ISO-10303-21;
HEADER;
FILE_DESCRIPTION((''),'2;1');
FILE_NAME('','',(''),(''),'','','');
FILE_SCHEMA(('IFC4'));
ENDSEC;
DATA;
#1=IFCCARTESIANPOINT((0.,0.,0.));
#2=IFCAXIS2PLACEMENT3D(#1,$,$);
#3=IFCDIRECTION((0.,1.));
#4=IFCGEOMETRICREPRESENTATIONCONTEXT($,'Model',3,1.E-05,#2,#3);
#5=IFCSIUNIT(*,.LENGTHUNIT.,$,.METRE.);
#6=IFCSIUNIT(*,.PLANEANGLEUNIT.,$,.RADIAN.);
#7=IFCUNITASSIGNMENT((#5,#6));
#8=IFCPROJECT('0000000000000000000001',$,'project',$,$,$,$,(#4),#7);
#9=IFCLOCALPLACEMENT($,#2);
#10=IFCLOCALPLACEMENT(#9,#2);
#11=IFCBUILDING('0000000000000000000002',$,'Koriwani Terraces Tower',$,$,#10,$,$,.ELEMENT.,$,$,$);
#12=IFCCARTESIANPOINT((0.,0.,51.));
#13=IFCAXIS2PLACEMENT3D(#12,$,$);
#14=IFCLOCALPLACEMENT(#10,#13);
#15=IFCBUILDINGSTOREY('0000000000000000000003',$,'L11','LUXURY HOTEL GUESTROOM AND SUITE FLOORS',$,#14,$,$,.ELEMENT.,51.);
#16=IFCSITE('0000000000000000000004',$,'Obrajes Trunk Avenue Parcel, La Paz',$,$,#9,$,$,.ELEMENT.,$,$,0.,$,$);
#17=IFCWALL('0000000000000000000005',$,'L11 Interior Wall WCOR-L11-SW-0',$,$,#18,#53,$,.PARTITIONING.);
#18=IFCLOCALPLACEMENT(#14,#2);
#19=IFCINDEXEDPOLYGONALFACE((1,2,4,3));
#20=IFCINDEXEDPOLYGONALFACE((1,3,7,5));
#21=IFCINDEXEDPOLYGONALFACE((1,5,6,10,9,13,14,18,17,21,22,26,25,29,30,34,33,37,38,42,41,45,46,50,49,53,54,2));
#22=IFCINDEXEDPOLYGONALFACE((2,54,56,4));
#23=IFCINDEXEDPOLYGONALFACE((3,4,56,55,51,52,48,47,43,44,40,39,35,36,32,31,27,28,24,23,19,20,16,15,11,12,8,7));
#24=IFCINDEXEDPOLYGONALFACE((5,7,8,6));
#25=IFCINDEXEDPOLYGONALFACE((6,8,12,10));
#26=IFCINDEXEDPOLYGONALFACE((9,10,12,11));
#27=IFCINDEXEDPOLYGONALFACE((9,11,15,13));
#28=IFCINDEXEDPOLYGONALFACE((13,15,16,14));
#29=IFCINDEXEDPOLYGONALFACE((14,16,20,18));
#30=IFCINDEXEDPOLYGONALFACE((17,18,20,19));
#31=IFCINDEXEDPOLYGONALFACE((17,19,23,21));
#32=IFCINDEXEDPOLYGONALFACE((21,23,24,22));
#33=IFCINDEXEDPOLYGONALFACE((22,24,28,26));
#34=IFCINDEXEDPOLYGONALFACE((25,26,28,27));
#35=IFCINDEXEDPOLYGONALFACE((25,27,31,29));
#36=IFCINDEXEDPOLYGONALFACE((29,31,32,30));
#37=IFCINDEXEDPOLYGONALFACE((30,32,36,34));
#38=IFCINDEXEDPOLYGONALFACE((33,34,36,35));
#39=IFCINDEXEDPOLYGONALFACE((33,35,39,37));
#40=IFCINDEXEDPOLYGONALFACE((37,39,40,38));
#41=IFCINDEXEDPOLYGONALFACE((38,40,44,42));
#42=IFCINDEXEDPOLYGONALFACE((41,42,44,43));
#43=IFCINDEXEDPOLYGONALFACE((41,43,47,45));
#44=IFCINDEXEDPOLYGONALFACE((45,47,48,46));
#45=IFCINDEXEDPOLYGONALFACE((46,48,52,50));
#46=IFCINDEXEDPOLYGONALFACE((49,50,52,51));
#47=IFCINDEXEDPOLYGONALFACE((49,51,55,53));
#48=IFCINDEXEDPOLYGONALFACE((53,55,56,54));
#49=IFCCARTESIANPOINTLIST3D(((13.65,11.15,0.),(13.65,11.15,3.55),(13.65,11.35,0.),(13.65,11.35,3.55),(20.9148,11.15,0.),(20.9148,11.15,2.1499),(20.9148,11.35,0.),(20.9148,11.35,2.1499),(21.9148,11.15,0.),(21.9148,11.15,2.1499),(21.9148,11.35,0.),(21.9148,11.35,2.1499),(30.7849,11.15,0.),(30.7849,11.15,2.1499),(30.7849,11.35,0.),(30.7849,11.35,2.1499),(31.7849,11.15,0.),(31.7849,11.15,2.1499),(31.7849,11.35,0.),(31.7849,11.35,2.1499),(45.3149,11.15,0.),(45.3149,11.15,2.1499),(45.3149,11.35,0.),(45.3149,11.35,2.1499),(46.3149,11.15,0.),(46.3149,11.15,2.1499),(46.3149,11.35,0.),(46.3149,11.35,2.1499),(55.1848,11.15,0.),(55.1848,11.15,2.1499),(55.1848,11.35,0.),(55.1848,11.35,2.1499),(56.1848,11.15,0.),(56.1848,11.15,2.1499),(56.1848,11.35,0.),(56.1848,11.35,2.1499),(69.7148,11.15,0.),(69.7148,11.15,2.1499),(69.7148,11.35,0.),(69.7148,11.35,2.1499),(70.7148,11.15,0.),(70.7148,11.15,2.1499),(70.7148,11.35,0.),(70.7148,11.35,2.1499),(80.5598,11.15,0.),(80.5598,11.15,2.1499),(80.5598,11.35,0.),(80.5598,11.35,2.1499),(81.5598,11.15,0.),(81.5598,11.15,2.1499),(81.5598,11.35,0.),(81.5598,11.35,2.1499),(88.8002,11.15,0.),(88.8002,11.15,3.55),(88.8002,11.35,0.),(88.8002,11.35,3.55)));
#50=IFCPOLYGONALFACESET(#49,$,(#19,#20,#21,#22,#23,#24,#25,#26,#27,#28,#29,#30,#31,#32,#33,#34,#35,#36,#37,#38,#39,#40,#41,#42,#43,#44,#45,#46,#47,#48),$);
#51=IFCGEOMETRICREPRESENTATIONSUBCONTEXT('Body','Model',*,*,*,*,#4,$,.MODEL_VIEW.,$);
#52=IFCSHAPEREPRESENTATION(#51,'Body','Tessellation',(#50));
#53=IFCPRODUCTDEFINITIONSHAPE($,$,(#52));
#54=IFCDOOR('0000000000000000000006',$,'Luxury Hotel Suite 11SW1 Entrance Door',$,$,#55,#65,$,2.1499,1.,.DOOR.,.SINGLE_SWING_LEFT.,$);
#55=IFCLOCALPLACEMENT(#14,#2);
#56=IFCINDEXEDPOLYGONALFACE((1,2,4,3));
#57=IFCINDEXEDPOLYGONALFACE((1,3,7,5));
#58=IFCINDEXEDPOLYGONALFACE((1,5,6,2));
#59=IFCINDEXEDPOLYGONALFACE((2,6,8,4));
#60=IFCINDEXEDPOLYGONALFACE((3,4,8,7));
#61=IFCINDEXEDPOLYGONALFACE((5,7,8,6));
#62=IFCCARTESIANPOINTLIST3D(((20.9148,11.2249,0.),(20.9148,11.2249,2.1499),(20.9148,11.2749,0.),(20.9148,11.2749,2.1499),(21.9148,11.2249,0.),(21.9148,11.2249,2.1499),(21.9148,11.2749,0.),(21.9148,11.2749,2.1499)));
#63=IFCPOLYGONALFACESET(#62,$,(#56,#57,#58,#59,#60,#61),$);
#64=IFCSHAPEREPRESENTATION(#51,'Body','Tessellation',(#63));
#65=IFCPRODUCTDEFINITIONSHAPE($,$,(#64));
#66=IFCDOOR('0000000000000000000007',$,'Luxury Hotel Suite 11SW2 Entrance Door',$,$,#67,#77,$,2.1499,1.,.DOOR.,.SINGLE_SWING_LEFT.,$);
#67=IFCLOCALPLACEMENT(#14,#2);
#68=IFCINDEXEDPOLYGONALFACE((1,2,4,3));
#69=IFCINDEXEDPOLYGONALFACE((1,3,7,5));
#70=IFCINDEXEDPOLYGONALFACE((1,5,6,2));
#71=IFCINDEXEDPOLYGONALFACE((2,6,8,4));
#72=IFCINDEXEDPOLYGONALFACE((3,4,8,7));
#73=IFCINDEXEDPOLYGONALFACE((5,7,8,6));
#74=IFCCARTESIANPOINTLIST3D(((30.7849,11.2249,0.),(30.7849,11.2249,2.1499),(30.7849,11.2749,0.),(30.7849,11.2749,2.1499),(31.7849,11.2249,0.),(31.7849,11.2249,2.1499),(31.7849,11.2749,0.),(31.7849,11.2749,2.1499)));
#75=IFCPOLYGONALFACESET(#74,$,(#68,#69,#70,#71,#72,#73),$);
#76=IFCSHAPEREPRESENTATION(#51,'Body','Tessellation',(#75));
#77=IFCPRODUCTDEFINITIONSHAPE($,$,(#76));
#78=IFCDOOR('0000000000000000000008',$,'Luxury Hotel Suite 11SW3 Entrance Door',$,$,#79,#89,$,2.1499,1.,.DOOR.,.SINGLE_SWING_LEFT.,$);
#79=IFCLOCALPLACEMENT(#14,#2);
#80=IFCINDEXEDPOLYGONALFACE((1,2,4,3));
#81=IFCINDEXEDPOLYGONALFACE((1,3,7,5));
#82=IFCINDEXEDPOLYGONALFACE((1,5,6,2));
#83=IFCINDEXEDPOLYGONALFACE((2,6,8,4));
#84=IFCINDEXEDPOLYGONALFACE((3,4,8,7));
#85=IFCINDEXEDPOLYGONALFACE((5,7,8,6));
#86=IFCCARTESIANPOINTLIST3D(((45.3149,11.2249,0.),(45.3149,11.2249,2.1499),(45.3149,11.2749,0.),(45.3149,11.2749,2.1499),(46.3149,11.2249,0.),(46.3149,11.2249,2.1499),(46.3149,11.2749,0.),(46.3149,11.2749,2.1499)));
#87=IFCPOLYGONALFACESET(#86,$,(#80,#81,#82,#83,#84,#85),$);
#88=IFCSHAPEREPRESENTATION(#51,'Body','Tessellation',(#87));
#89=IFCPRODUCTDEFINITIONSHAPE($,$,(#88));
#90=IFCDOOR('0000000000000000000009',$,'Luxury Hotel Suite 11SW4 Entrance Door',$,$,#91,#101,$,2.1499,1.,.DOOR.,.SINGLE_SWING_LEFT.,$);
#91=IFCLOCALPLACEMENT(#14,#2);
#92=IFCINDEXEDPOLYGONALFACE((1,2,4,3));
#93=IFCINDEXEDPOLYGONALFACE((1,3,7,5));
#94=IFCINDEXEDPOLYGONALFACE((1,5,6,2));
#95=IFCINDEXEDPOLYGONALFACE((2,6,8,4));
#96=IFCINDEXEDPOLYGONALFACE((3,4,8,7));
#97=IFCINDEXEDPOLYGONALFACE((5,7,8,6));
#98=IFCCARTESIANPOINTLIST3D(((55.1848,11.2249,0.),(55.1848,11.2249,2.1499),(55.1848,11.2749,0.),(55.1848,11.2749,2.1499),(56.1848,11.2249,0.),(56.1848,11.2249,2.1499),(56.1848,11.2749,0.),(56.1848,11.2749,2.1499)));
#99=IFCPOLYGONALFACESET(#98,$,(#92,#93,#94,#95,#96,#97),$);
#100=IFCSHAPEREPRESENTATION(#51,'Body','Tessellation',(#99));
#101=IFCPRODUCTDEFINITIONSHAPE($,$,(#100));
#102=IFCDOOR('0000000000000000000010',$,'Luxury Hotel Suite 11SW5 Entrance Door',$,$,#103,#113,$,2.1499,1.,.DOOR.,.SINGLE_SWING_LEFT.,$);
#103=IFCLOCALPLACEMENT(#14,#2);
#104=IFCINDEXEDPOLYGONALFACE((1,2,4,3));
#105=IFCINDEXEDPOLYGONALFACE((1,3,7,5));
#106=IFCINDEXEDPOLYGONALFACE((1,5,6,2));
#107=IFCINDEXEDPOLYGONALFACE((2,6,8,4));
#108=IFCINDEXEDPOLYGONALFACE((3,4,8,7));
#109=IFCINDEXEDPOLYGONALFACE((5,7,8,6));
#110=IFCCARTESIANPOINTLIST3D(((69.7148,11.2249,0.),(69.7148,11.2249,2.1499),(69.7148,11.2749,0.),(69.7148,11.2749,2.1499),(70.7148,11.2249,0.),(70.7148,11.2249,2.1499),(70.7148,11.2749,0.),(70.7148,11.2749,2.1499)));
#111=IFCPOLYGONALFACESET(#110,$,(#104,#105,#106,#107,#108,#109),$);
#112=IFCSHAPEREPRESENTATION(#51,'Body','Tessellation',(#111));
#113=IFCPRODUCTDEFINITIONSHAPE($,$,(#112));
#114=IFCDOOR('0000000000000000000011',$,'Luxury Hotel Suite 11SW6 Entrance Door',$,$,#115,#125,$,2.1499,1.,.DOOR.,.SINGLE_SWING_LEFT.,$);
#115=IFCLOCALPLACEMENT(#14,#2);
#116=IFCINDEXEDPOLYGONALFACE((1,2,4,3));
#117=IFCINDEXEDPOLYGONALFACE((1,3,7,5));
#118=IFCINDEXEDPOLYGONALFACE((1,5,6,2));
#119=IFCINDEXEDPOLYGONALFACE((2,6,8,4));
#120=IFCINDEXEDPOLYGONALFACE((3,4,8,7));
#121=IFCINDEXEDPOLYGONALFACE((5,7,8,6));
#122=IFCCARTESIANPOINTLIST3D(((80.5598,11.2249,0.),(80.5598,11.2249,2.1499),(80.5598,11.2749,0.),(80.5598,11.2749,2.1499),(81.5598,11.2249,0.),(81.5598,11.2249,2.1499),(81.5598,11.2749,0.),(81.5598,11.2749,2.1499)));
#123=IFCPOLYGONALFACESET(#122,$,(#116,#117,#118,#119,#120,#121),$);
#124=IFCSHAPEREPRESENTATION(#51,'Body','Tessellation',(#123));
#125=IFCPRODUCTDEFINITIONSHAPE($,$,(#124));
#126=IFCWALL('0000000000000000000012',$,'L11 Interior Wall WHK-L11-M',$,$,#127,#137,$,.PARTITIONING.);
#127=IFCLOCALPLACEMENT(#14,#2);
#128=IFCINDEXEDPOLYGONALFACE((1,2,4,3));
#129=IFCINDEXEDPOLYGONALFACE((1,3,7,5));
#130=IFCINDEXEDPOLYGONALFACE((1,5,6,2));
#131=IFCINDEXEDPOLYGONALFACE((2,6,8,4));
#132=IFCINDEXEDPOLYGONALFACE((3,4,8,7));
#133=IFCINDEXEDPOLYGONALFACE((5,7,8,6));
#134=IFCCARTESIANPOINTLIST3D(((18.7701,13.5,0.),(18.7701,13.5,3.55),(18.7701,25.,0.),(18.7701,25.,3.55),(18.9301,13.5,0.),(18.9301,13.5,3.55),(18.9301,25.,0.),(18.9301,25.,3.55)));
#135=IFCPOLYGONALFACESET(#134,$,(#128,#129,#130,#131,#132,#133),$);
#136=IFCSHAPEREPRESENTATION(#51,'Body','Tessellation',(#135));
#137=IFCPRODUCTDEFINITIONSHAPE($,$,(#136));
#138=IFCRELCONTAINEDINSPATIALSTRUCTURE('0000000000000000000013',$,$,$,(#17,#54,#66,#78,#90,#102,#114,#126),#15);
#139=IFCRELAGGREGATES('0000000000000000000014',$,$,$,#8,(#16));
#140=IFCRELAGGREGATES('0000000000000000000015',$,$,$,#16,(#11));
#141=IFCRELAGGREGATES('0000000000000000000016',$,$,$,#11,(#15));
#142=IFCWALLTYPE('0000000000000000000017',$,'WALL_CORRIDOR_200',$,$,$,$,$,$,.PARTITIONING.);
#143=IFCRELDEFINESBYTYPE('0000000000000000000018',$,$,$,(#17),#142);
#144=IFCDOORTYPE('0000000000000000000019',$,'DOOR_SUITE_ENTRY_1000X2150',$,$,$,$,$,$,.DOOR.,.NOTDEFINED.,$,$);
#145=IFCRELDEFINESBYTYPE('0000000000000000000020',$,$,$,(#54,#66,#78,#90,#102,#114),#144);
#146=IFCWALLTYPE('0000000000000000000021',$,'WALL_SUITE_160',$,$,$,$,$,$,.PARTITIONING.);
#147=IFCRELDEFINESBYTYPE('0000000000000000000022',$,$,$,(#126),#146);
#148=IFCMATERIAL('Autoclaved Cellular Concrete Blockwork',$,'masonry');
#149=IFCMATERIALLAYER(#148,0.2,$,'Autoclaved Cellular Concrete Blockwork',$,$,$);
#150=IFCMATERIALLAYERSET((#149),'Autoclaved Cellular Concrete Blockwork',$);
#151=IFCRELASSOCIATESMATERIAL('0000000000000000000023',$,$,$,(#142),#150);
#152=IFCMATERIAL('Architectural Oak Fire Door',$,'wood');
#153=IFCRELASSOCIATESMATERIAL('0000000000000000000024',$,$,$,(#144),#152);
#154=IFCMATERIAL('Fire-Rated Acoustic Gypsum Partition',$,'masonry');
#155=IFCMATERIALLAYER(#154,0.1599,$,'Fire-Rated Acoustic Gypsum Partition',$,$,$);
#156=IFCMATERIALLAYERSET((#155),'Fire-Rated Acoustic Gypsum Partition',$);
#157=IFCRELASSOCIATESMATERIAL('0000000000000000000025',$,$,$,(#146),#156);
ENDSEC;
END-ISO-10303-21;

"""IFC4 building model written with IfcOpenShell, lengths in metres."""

from ifc_helpers import new_model, si_unit, direction, frame, frame_2d, origin, place, context, subcontext, project, spatial, rectangle, extrude, material, layer, layer_set, type_object, element, fill, save


model = new_model("IFC4")

# Units and contexts
model_context = context("Model", 3, precision=1e-05, world=origin(), true_north=direction((0.0, 1.0)))
body_context = subcontext(model_context, "Body", "Model", "MODEL_VIEW")
ifc_project = project(units=[si_unit("LENGTHUNIT", "METRE"), si_unit("PLANEANGLEUNIT", "RADIAN")], contexts=[model_context])

# Site, building, storey
site_placement = place(None, origin())
site = spatial("IfcSite", under=ifc_project, at=site_placement, Name="Obrajes Trunk Avenue Parcel, La Paz", CompositionType="ELEMENT", RefElevation=0.0)
building_placement = place(site_placement, origin())
building = spatial("IfcBuilding", under=site, at=building_placement, Name="Koriwani Terraces Tower", CompositionType="ELEMENT")
storey_placement = place(building_placement, frame((0.0, 0.0, 51.0)))
storey = spatial("IfcBuildingStorey", under=building, at=storey_placement, Name="L11", Description="LUXURY HOTEL GUESTROOM AND SUITE FLOORS", CompositionType="ELEMENT", Elevation=51.0)

# Shared definitions
ifc_material_1 = material(Name="Autoclaved Cellular Concrete Blockwork", Category="masonry")
ifc_layer_1 = layer(ifc_material_1, 0.2, Name="Autoclaved Cellular Concrete Blockwork")
ifc_layer_set_1 = layer_set([ifc_layer_1], Name="Autoclaved Cellular Concrete Blockwork")
wall_type_1 = type_object("IfcWallType", Name="WALL_CORRIDOR_200", PredefinedType="PARTITIONING", material=ifc_layer_set_1)
ifc_material_2 = material(Name="Architectural Oak Fire Door", Category="wood")

# Wall, openings, doors
door_type_1 = type_object("IfcDoorType", Name="DOOR_SUITE_ENTRY_1000X2150", OperationType="NOTDEFINED", PredefinedType="DOOR", material=ifc_material_2)
wall_1_placement = place(storey_placement, frame((13.6499, 11.25, 0.0), z_axis=(0.0, 0.0, 1.0), x_axis=(1.0, 0.0, 0.0)))
wall_1 = element("IfcWall", 1, at=wall_1_placement, inside=storey, type_object=wall_type_1, Name="L11 Interior Wall WCOR-L11-SW-0", PredefinedType="PARTITIONING", context=body_context, shape_type="SweptSolid", body=[
    extrude(rectangle(XDim=75.1501, YDim=0.2, at=frame_2d((37.5752, 0.0))), origin(), (0.0, 0.0, 1.0), 3.55),
])
opening_1_placement = place(wall_1_placement, frame((7.2649, 0.0, 0.0)))
opening_1 = element("IfcOpeningElement", 2, at=opening_1_placement, cuts=wall_1, PredefinedType="OPENING", context=body_context, shape_type="SweptSolid", body=[
    extrude(rectangle(XDim=1.0, YDim=2.1499, at=frame_2d((0.5, 1.075))), frame((0.0, 0.1099, 0.0), z_axis=(0.0, -1.0, 0.0), x_axis=(1.0, 0.0, 0.0)), (0.0, 0.0, 1.0), 0.22),
])
opening_2_placement = place(wall_1_placement, frame((17.135, 0.0, 0.0)))
opening_2 = element("IfcOpeningElement", 3, at=opening_2_placement, cuts=wall_1, PredefinedType="OPENING", context=body_context, shape_type="SweptSolid", body=[
    extrude(rectangle(XDim=1.0, YDim=2.1499, at=frame_2d((0.5, 1.075))), frame((0.0, 0.1099, 0.0), z_axis=(0.0, -1.0, 0.0), x_axis=(1.0, 0.0, 0.0)), (0.0, 0.0, 1.0), 0.22),
])
opening_3_placement = place(wall_1_placement, frame((31.665, 0.0, 0.0)))
opening_3 = element("IfcOpeningElement", 4, at=opening_3_placement, cuts=wall_1, PredefinedType="OPENING", context=body_context, shape_type="SweptSolid", body=[
    extrude(rectangle(XDim=1.0, YDim=2.1499, at=frame_2d((0.5, 1.075))), frame((0.0, 0.1099, 0.0), z_axis=(0.0, -1.0, 0.0), x_axis=(1.0, 0.0, 0.0)), (0.0, 0.0, 1.0), 0.22),
])
opening_4_placement = place(wall_1_placement, frame((41.5349, 0.0, 0.0)))
opening_4 = element("IfcOpeningElement", 5, at=opening_4_placement, cuts=wall_1, PredefinedType="OPENING", context=body_context, shape_type="SweptSolid", body=[
    extrude(rectangle(XDim=1.0, YDim=2.1499, at=frame_2d((0.5, 1.075))), frame((0.0, 0.1099, 0.0), z_axis=(0.0, -1.0, 0.0), x_axis=(1.0, 0.0, 0.0)), (0.0, 0.0, 1.0), 0.22),
])
opening_5_placement = place(wall_1_placement, frame((56.0649, 0.0, 0.0)))
opening_5 = element("IfcOpeningElement", 6, at=opening_5_placement, cuts=wall_1, PredefinedType="OPENING", context=body_context, shape_type="SweptSolid", body=[
    extrude(rectangle(XDim=1.0, YDim=2.1499, at=frame_2d((0.5, 1.075))), frame((0.0, 0.1099, 0.0), z_axis=(0.0, -1.0, 0.0), x_axis=(1.0, 0.0, 0.0)), (0.0, 0.0, 1.0), 0.22),
])
opening_6_placement = place(wall_1_placement, frame((66.9099, 0.0, 0.0)))
opening_6 = element("IfcOpeningElement", 7, at=opening_6_placement, cuts=wall_1, PredefinedType="OPENING", context=body_context, shape_type="SweptSolid", body=[
    extrude(rectangle(XDim=1.0, YDim=2.1499, at=frame_2d((0.5, 1.075))), frame((0.0, 0.1099, 0.0), z_axis=(0.0, -1.0, 0.0), x_axis=(1.0, 0.0, 0.0)), (0.0, 0.0, 1.0), 0.22),
])
door_1_placement = place(opening_1_placement, origin())
door_1 = element("IfcDoor", 8, at=door_1_placement, inside=storey, type_object=door_type_1, Name="Luxury Hotel Suite 11SW1 Entrance Door", OperationType="SINGLE_SWING_LEFT", OverallHeight=2.1499, OverallWidth=1.0, PredefinedType="DOOR", context=body_context, shape_type="SweptSolid", body=[
    extrude(rectangle(XDim=1.0, YDim=2.1499, at=frame_2d((0.5, 1.075))), frame((0.0, 0.0249, 0.0), z_axis=(0.0, -1.0, 0.0), x_axis=(1.0, 0.0, 0.0)), (0.0, 0.0, 1.0), 0.05),
])
fill(opening_1, door_1)
door_2_placement = place(opening_2_placement, origin())
door_2 = element("IfcDoor", 9, at=door_2_placement, inside=storey, type_object=door_type_1, Name="Luxury Hotel Suite 11SW2 Entrance Door", OperationType="SINGLE_SWING_LEFT", OverallHeight=2.1499, OverallWidth=1.0, PredefinedType="DOOR", context=body_context, shape_type="SweptSolid", body=[
    extrude(rectangle(XDim=1.0, YDim=2.1499, at=frame_2d((0.5, 1.075))), frame((0.0, 0.0249, 0.0), z_axis=(0.0, -1.0, 0.0), x_axis=(1.0, 0.0, 0.0)), (0.0, 0.0, 1.0), 0.05),
])
fill(opening_2, door_2)
door_3_placement = place(opening_3_placement, origin())
door_3 = element("IfcDoor", 10, at=door_3_placement, inside=storey, type_object=door_type_1, Name="Luxury Hotel Suite 11SW3 Entrance Door", OperationType="SINGLE_SWING_LEFT", OverallHeight=2.1499, OverallWidth=1.0, PredefinedType="DOOR", context=body_context, shape_type="SweptSolid", body=[
    extrude(rectangle(XDim=1.0, YDim=2.1499, at=frame_2d((0.5, 1.075))), frame((0.0, 0.0249, 0.0), z_axis=(0.0, -1.0, 0.0), x_axis=(1.0, 0.0, 0.0)), (0.0, 0.0, 1.0), 0.05),
])
fill(opening_3, door_3)
door_4_placement = place(opening_4_placement, origin())
door_4 = element("IfcDoor", 11, at=door_4_placement, inside=storey, type_object=door_type_1, Name="Luxury Hotel Suite 11SW4 Entrance Door", OperationType="SINGLE_SWING_LEFT", OverallHeight=2.1499, OverallWidth=1.0, PredefinedType="DOOR", context=body_context, shape_type="SweptSolid", body=[
    extrude(rectangle(XDim=1.0, YDim=2.1499, at=frame_2d((0.5, 1.075))), frame((0.0, 0.0249, 0.0), z_axis=(0.0, -1.0, 0.0), x_axis=(1.0, 0.0, 0.0)), (0.0, 0.0, 1.0), 0.05),
])
fill(opening_4, door_4)
door_5_placement = place(opening_5_placement, origin())
door_5 = element("IfcDoor", 12, at=door_5_placement, inside=storey, type_object=door_type_1, Name="Luxury Hotel Suite 11SW5 Entrance Door", OperationType="SINGLE_SWING_LEFT", OverallHeight=2.1499, OverallWidth=1.0, PredefinedType="DOOR", context=body_context, shape_type="SweptSolid", body=[
    extrude(rectangle(XDim=1.0, YDim=2.1499, at=frame_2d((0.5, 1.075))), frame((0.0, 0.0249, 0.0), z_axis=(0.0, -1.0, 0.0), x_axis=(1.0, 0.0, 0.0)), (0.0, 0.0, 1.0), 0.05),
])
fill(opening_5, door_5)
door_6_placement = place(opening_6_placement, origin())
door_6 = element("IfcDoor", 13, at=door_6_placement, inside=storey, type_object=door_type_1, Name="Luxury Hotel Suite 11SW6 Entrance Door", OperationType="SINGLE_SWING_LEFT", OverallHeight=2.1499, OverallWidth=1.0, PredefinedType="DOOR", context=body_context, shape_type="SweptSolid", body=[
    extrude(rectangle(XDim=1.0, YDim=2.1499, at=frame_2d((0.5, 1.075))), frame((0.0, 0.0249, 0.0), z_axis=(0.0, -1.0, 0.0), x_axis=(1.0, 0.0, 0.0)), (0.0, 0.0, 1.0), 0.05),
])
fill(opening_6, door_6)

# Wall
ifc_material_3 = material(Name="Fire-Rated Acoustic Gypsum Partition", Category="masonry")
ifc_layer_2 = layer(ifc_material_3, 0.1599, Name="Fire-Rated Acoustic Gypsum Partition")
ifc_layer_set_2 = layer_set([ifc_layer_2], Name="Fire-Rated Acoustic Gypsum Partition")
wall_type_2 = type_object("IfcWallType", Name="WALL_SUITE_160", PredefinedType="PARTITIONING", material=ifc_layer_set_2)
wall_2_placement = place(storey_placement, frame((18.8501, 13.5, 0.0), z_axis=(0.0, 0.0, 1.0), x_axis=(0.0, 1.0, 0.0)))
element("IfcWall", 14, at=wall_2_placement, inside=storey, type_object=wall_type_2, Name="L11 Interior Wall WHK-L11-M", PredefinedType="PARTITIONING", context=body_context, shape_type="SweptSolid", body=[
    extrude(rectangle(XDim=11.5, YDim=0.1599, at=frame_2d((5.75, 0.0))), origin(), (0.0, 0.0, 1.0), 3.55),
])

save(model, "model.ifc")
